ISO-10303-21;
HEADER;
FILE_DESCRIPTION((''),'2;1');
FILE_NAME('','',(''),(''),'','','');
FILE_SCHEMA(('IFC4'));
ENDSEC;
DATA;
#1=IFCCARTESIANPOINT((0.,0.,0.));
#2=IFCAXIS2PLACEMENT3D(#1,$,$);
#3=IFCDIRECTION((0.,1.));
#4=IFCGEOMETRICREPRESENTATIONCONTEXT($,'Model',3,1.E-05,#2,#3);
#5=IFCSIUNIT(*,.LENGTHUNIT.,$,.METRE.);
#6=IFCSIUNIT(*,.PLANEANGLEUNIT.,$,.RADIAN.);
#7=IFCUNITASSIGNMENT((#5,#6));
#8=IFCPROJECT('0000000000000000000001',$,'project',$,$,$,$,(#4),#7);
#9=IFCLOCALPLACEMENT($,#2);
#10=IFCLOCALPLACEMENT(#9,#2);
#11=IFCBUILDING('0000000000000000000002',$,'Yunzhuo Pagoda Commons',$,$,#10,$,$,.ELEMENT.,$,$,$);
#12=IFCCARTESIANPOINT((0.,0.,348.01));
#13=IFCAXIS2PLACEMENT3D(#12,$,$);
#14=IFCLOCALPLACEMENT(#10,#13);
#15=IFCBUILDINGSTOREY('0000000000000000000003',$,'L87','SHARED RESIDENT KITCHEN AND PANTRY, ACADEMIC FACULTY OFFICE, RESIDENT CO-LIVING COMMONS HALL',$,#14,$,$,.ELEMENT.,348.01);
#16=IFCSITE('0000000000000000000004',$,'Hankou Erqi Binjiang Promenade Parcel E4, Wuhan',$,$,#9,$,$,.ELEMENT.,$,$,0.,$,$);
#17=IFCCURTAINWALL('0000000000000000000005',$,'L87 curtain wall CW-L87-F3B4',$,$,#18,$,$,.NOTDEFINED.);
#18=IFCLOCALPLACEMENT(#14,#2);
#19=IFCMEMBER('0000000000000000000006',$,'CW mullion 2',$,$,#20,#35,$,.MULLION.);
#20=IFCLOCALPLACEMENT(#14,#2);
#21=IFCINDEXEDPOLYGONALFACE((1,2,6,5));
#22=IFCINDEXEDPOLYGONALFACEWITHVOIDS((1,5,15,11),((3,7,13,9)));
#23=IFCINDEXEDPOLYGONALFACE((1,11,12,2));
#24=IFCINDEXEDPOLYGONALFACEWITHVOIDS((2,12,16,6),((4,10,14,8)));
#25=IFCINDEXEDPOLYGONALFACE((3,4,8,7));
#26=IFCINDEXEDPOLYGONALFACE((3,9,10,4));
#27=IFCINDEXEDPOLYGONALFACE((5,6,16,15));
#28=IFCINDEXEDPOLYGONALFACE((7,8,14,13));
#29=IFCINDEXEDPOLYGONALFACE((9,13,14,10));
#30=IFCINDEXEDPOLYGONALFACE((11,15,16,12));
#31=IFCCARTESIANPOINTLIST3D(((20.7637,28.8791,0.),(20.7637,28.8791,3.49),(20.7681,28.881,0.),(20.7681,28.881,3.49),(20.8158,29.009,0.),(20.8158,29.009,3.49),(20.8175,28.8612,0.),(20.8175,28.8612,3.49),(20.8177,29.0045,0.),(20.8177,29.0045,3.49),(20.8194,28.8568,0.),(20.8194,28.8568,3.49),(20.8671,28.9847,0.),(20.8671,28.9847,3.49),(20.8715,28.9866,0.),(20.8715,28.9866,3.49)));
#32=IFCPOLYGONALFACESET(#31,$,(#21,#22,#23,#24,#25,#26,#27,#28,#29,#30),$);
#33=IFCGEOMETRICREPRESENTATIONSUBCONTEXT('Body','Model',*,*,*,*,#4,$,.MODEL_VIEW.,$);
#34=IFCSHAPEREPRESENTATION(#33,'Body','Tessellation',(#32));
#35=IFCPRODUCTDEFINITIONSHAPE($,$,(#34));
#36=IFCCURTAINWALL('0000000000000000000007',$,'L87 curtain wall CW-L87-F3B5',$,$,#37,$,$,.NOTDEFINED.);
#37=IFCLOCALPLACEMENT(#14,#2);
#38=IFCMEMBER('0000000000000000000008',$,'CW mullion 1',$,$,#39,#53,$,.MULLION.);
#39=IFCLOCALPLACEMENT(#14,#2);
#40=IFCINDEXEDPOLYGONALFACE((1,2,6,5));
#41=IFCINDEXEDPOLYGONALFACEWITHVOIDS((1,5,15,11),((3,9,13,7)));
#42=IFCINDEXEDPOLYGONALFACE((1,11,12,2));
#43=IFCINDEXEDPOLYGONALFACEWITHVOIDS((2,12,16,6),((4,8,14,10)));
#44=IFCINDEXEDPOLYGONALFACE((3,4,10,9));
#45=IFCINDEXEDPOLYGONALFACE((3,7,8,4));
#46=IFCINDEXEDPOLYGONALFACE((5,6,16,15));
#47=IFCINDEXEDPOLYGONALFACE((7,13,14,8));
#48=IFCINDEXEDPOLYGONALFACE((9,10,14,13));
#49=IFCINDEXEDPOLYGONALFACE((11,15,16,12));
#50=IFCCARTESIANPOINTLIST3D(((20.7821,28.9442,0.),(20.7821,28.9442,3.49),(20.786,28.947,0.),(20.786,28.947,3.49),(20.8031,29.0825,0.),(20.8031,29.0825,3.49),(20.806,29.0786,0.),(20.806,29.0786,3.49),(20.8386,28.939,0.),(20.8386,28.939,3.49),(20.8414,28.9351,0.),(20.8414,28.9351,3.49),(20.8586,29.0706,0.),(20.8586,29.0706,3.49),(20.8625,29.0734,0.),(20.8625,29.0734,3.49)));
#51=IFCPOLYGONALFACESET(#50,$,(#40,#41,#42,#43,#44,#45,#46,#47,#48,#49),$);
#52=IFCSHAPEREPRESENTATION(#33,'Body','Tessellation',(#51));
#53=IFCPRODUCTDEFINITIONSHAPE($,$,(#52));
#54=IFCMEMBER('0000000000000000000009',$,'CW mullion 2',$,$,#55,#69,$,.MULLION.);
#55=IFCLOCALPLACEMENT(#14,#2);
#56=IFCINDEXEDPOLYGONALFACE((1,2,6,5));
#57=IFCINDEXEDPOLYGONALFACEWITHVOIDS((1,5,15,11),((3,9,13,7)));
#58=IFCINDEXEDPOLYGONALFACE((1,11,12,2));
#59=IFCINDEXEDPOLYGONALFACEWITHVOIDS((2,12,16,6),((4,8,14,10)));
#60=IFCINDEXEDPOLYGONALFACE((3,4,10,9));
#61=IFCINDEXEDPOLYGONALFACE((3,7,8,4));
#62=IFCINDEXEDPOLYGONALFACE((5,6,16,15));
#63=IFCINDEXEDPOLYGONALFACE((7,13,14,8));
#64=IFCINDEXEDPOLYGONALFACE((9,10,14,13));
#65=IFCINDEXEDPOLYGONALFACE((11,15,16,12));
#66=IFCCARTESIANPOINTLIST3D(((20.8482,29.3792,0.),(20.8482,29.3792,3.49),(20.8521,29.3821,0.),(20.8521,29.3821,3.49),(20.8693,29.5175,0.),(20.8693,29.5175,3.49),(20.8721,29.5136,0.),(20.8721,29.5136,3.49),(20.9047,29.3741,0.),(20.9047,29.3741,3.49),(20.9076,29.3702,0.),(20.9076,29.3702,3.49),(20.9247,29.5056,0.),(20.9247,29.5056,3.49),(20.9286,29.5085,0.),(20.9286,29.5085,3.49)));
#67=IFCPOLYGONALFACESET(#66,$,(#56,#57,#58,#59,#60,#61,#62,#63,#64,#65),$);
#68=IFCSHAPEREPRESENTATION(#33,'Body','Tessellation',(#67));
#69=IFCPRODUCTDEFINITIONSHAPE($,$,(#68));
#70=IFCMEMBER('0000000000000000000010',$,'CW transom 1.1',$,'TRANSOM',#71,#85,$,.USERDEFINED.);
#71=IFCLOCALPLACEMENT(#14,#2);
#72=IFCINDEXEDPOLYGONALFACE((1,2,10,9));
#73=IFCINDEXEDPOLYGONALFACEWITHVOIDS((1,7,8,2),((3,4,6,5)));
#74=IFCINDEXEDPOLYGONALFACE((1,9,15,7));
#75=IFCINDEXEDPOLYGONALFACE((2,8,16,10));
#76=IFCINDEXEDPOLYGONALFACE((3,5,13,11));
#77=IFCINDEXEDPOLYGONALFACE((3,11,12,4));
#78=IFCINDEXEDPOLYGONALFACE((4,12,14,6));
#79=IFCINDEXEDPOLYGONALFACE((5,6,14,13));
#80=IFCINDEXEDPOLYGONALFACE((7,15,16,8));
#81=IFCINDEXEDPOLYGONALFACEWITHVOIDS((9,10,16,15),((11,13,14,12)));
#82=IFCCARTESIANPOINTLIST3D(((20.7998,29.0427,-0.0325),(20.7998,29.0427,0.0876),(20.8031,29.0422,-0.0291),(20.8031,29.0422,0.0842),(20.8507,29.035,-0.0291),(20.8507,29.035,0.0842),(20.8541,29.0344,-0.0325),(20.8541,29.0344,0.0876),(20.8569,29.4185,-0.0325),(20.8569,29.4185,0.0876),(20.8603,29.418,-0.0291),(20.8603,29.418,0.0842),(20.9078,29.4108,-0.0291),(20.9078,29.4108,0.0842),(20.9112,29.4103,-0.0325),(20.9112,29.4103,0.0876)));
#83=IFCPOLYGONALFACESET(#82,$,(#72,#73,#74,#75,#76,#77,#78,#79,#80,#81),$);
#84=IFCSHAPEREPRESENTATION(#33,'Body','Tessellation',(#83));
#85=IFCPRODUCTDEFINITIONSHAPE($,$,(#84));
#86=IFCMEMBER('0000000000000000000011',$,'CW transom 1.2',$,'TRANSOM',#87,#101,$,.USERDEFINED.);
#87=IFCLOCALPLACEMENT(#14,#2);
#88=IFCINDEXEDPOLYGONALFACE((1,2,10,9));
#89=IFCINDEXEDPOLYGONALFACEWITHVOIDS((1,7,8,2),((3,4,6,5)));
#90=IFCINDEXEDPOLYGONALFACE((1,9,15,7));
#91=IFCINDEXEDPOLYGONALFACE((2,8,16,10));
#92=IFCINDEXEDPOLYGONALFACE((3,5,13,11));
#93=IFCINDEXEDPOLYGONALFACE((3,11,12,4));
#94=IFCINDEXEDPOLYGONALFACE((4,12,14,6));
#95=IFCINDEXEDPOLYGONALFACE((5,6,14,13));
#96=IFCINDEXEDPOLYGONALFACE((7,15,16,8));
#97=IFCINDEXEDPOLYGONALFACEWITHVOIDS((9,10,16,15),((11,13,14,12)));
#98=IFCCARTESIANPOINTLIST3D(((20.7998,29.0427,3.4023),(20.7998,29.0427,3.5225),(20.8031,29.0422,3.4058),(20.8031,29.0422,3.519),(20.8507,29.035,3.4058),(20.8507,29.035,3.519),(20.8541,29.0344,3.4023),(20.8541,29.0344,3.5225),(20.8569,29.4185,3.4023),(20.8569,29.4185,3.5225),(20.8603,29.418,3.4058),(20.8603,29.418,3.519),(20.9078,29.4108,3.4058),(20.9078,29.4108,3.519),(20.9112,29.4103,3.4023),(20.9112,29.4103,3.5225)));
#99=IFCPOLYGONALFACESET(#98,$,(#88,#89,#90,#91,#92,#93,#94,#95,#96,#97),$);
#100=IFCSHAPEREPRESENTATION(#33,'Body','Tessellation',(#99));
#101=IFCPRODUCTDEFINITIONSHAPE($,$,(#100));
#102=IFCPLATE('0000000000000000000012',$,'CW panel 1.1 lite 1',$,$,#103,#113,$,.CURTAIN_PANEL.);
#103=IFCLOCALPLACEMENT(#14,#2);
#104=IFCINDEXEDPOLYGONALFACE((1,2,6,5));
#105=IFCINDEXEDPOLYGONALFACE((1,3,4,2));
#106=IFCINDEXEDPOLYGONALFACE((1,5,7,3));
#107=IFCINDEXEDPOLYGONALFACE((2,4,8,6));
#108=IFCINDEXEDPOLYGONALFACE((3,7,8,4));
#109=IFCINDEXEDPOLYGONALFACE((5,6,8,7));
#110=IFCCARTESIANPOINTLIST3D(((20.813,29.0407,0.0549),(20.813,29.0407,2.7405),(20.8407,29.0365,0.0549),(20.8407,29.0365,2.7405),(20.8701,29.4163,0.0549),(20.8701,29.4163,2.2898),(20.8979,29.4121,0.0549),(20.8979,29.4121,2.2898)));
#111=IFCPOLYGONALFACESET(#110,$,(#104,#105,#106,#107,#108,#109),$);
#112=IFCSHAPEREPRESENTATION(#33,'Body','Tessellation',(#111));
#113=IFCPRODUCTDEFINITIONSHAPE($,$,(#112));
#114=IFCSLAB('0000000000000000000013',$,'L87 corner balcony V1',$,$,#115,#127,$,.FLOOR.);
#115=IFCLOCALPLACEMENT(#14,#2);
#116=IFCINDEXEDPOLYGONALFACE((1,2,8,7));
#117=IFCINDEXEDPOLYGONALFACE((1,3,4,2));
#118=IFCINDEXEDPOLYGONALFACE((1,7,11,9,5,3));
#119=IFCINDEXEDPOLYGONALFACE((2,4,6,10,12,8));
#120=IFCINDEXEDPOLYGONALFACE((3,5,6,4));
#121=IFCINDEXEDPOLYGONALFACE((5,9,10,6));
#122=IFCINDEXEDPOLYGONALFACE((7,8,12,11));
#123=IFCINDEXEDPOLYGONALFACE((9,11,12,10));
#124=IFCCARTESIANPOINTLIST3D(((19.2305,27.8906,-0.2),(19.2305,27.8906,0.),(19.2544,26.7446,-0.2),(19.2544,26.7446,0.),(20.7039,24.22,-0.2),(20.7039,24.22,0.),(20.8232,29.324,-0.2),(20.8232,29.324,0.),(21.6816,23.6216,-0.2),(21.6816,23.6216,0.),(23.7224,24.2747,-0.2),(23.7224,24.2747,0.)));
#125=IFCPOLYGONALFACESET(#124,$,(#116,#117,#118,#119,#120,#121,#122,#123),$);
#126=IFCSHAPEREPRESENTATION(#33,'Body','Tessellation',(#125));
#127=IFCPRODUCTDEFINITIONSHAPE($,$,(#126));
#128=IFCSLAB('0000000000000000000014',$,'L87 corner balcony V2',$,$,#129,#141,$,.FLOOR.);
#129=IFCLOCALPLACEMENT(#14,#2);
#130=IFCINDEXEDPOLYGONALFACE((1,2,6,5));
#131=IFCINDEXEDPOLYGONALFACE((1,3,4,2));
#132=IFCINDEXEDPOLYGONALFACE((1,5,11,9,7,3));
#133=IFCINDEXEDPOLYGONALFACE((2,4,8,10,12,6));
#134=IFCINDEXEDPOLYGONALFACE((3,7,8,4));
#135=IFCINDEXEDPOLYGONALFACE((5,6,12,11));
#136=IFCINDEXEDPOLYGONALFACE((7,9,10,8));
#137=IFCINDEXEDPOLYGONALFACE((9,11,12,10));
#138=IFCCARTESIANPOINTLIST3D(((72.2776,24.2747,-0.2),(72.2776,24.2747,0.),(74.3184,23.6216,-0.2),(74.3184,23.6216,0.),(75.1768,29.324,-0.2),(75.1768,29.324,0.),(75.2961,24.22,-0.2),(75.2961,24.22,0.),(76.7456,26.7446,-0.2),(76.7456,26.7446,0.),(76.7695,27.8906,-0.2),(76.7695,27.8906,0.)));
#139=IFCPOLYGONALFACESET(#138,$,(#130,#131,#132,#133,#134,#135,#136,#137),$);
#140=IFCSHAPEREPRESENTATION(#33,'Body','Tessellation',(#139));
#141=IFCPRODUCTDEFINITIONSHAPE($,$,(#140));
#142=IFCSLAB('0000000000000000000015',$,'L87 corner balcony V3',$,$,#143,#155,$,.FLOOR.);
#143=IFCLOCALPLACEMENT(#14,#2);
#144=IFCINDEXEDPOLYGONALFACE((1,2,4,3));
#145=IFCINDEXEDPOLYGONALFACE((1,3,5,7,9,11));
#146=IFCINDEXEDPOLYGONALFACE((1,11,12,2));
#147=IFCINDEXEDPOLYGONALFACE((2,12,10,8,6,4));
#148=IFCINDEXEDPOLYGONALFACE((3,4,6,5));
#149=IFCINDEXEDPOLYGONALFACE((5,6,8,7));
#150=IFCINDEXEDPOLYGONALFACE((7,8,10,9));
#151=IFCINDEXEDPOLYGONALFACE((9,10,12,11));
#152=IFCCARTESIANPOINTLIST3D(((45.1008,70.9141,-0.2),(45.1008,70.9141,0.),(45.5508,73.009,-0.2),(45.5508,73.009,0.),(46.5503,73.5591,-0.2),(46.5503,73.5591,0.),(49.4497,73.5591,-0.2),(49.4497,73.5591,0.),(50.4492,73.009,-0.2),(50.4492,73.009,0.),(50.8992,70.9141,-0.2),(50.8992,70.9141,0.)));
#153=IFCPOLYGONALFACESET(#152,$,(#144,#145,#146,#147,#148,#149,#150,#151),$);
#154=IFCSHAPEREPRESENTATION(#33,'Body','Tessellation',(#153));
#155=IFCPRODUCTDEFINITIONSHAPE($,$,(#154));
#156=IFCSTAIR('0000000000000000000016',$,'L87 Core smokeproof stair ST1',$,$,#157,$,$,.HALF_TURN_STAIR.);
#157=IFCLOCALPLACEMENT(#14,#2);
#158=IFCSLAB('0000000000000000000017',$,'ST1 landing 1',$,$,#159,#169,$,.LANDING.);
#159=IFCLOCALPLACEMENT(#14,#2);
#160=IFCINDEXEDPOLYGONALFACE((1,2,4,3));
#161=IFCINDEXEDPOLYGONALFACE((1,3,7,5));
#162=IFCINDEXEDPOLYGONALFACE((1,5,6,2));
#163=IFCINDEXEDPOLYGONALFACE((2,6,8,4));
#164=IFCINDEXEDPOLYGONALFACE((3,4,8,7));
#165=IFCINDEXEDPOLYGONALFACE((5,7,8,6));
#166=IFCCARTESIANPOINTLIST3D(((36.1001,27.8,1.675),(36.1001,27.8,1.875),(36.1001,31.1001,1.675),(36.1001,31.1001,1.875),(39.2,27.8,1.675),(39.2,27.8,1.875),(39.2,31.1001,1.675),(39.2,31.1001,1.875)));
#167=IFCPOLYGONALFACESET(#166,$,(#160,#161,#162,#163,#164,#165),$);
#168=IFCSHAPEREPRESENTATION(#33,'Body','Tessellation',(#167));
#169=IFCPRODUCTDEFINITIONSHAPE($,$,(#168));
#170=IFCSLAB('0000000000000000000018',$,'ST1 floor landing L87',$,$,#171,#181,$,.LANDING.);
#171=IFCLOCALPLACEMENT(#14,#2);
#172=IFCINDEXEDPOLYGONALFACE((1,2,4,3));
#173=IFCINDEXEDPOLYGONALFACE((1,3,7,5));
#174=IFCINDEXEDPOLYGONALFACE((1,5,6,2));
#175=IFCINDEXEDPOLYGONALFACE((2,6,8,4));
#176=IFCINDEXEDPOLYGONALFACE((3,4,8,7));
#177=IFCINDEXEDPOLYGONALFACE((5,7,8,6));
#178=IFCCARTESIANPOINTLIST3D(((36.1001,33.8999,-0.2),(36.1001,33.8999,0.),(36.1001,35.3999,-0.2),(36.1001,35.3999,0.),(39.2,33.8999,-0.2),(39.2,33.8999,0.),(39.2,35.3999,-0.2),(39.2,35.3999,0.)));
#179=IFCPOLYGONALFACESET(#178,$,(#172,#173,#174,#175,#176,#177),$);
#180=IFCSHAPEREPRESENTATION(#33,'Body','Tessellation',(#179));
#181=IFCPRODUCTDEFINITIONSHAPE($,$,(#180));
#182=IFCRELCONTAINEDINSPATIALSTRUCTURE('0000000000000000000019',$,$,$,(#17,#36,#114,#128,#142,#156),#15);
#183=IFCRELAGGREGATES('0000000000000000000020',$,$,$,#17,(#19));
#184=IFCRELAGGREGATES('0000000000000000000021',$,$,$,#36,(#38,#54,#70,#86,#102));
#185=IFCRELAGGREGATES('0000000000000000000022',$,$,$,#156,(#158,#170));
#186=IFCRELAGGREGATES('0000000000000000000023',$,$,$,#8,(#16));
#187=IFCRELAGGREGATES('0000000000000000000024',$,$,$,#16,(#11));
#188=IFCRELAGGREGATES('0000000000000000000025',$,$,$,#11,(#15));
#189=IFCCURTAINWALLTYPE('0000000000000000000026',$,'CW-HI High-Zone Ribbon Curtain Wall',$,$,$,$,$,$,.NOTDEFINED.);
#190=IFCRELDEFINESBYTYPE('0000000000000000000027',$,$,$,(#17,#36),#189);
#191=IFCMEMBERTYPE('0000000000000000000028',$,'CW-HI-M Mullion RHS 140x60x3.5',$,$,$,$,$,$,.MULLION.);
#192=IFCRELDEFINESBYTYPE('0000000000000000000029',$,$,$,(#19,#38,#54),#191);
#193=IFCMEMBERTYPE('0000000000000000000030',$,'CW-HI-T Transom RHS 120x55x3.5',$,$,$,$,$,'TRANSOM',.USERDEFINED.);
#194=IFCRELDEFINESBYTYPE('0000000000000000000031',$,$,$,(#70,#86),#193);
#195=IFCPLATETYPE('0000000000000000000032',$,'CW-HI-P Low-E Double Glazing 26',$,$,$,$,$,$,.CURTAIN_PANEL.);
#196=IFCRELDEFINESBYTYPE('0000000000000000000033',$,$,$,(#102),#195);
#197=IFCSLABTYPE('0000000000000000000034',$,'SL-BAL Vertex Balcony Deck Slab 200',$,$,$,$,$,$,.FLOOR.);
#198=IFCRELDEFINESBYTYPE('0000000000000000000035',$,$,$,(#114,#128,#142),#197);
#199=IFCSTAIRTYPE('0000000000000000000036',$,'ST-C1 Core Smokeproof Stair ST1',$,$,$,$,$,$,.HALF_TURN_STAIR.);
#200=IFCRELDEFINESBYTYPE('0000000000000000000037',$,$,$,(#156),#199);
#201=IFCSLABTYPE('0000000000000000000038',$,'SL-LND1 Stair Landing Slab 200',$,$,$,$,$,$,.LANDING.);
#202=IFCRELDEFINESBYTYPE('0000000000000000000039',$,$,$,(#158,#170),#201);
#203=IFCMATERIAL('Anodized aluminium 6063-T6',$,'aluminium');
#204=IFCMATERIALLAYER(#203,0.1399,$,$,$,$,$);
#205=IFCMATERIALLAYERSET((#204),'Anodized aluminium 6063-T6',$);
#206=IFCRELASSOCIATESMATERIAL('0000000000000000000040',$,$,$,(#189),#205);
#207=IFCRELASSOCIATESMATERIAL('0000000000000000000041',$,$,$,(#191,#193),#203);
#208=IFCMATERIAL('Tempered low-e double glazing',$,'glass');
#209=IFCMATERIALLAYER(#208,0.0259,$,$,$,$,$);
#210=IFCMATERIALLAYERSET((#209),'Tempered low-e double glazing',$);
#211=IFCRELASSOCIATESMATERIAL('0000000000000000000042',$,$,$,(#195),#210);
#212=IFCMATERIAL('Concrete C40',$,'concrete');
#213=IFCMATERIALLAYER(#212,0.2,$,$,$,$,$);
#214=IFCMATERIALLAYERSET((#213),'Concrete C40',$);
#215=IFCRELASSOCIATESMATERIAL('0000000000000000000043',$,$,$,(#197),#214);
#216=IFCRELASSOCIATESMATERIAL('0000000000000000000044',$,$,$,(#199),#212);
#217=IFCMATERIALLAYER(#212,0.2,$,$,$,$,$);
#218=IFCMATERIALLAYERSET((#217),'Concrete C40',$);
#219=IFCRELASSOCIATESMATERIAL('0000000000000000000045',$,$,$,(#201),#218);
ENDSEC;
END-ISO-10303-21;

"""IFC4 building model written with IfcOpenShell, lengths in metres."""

from ifc_helpers import new_model, si_unit, direction, frame, origin, origin_2d, place, context, subcontext, project, spatial, polyline, hollow_rectangle, outline, extrude, source, transform, mapped, material, layer, layer_set, material_profile, profile_set, type_object, element, aggregate, save


model = new_model("IFC4")

# Units and contexts
model_context = context("Model", 3, precision=1e-05, world=origin(), true_north=direction((0.0, 1.0)))
body_context = subcontext(model_context, "Body", "Model", "MODEL_VIEW")
ifc_project = project(units=[si_unit("LENGTHUNIT", "METRE"), si_unit("PLANEANGLEUNIT", "RADIAN")], contexts=[model_context])

# Site, building, storey
site_placement = place(None, origin())
site = spatial("IfcSite", under=ifc_project, at=site_placement, Name="Hankou Erqi Binjiang Promenade Parcel E4, Wuhan", CompositionType="ELEMENT", RefElevation=0.0)
building_placement = place(site_placement, origin())
building = spatial("IfcBuilding", under=site, at=building_placement, Name="Yunzhuo Pagoda Commons", CompositionType="ELEMENT")
storey_placement = place(building_placement, frame((0.0, 0.0, 348.01)))
storey = spatial("IfcBuildingStorey", under=building, at=storey_placement, Name="L87", Description="SHARED RESIDENT KITCHEN AND PANTRY, ACADEMIC FACULTY OFFICE, RESIDENT CO-LIVING COMMONS HALL", CompositionType="ELEMENT", Elevation=348.01)

# Curtain wall, member
ifc_material_1 = material(Name="Anodized aluminium 6063-T6", Category="aluminium")
ifc_layer_1 = layer(ifc_material_1, 0.1399)
ifc_layer_set_1 = layer_set([ifc_layer_1], Name="Anodized aluminium 6063-T6")
curtain_wall_type = type_object("IfcCurtainWallType", Name="CW-HI High-Zone Ribbon Curtain Wall", PredefinedType="NOTDEFINED", material=ifc_layer_set_1)
curtain_wall_1_placement = place(storey_placement, origin())
curtain_wall_1 = element("IfcCurtainWall", 1, at=curtain_wall_1_placement, inside=storey, type_object=curtain_wall_type, Name="L87 curtain wall CW-L87-F3B4", PredefinedType="NOTDEFINED")
ifc_material_profile_1 = material_profile(ifc_material_1, hollow_rectangle(XDim=0.0601, YDim=0.1399, WallThickness=0.0034, at=origin_2d()), Name="Anodized aluminium 6063-T6")
ifc_profile_set_1 = profile_set([ifc_material_profile_1], Name="Anodized aluminium 6063-T6")
member_type_1 = type_object("IfcMemberType", Name="CW-HI-M Mullion RHS 140x60x3.5", PredefinedType="MULLION", material=ifc_profile_set_1)
shared_shape_1 = source(origin(), body_context, "Body", "SweptSolid", [
    extrude(hollow_rectangle(XDim=0.0601, YDim=0.1399, WallThickness=0.0034, at=origin_2d()), origin(), (0.0, 0.0, 1.0), 3.49),
])
member_1_placement = place(storey_placement, frame((20.8176, 28.9329, 0.0), z_axis=(0.0, 0.0, 1.0), x_axis=(0.928039, -0.372483, 0.0)))
member_1 = element("IfcMember", 2, at=member_1_placement, type_object=member_type_1, Name="CW mullion 2", PredefinedType="MULLION", context=body_context, shape_type="MappedRepresentation", body=[
    mapped(shared_shape_1, transform((0.0, 0.0, 0.0), scale=1.0)),
])
aggregate(curtain_wall_1, [member_1])

# Curtain wall, members, plate
curtain_wall_2_placement = place(storey_placement, origin())
curtain_wall_2 = element("IfcCurtainWall", 3, at=curtain_wall_2_placement, inside=storey, type_object=curtain_wall_type, Name="L87 curtain wall CW-L87-F3B5", PredefinedType="NOTDEFINED")
member_2_placement = place(storey_placement, frame((20.8223, 29.0088, 0.0), z_axis=(0.0, 0.0, 1.0), x_axis=(-0.988629, 0.150374, 0.0)))
member_2 = element("IfcMember", 4, at=member_2_placement, type_object=member_type_1, Name="CW mullion 1", PredefinedType="MULLION", context=body_context, shape_type="MappedRepresentation", body=[
    mapped(shared_shape_1, transform((0.0, 0.0, 0.0), scale=1.0)),
])
member_3_placement = place(storey_placement, frame((20.8884, 29.4438, 0.0), z_axis=(0.0, 0.0, 1.0), x_axis=(-0.988629, 0.150374, 0.0)))
member_3 = element("IfcMember", 5, at=member_3_placement, type_object=member_type_1, Name="CW mullion 2", PredefinedType="MULLION", context=body_context, shape_type="MappedRepresentation", body=[
    mapped(shared_shape_1, transform((0.0, 0.0, 0.0), scale=1.0)),
])
ifc_material_profile_2 = material_profile(ifc_material_1, hollow_rectangle(XDim=0.0549, YDim=0.1201, WallThickness=0.0034, at=origin_2d()), Name="Anodized aluminium 6063-T6")
ifc_profile_set_2 = profile_set([ifc_material_profile_2], Name="Anodized aluminium 6063-T6")
member_type_2 = type_object("IfcMemberType", Name="CW-HI-T Transom RHS 120x55x3.5", ElementType="TRANSOM", PredefinedType="USERDEFINED", material=ifc_profile_set_2)
shared_shape_2 = source(origin(), body_context, "Body", "SweptSolid", [
    extrude(hollow_rectangle(XDim=0.0549, YDim=0.1201, WallThickness=0.0034, at=origin_2d()), origin(), (0.0, 0.0, 1.0), 0.3801),
])
member_4_placement = place(storey_placement, frame((20.8269, 29.0386, 0.0276), z_axis=(0.150319, 0.988638, 0.0), x_axis=(-0.988638, 0.150319, 0.0)))
member_4 = element("IfcMember", 6, at=member_4_placement, type_object=member_type_2, Name="CW transom 1.1", ObjectType="TRANSOM", PredefinedType="USERDEFINED", context=body_context, shape_type="MappedRepresentation", body=[
    mapped(shared_shape_2, transform((0.0, 0.0, 0.0), scale=1.0)),
])
member_5_placement = place(storey_placement, frame((20.8269, 29.0386, 3.4624), z_axis=(0.150319, 0.988638, 0.0), x_axis=(-0.988638, 0.150319, 0.0)))
member_5 = element("IfcMember", 7, at=member_5_placement, type_object=member_type_2, Name="CW transom 1.2", ObjectType="TRANSOM", PredefinedType="USERDEFINED", context=body_context, shape_type="MappedRepresentation", body=[
    mapped(shared_shape_2, transform((0.0, 0.0, 0.0), scale=1.0)),
])
ifc_material_2 = material(Name="Tempered low-e double glazing", Category="glass")
ifc_layer_2 = layer(ifc_material_2, 0.0259)
ifc_layer_set_2 = layer_set([ifc_layer_2], Name="Tempered low-e double glazing")
plate_type_1 = type_object("IfcPlateType", Name="CW-HI-P Low-E Double Glazing 26", PredefinedType="CURTAIN_PANEL", material=ifc_layer_set_2)
plate_1_placement = place(storey_placement, frame((20.8416, 29.2285, 1.3977), z_axis=(0.988629, -0.150374, 0.0), x_axis=(0.150374, 0.988629, 0.0)))
plate_1 = element("IfcPlate", 8, at=plate_1_placement, type_object=plate_type_1, Name="CW panel 1.1 lite 1", PredefinedType="CURTAIN_PANEL", context=body_context, shape_type="SweptSolid", body=[
    extrude(outline(polyline([(-0.1899, -1.3428), (0.1899, -1.3428), (0.1899, 0.8921), (-0.1899, 1.3428), (-0.1899, -1.3428)])), origin(), (0.0, 0.0, 1.0), 0.0281),
])
aggregate(curtain_wall_2, [member_2, member_3, member_4, member_5, plate_1])

# Slabs
ifc_material_3 = material(Name="Concrete C40", Category="concrete")
ifc_layer_3 = layer(ifc_material_3, 0.2)
ifc_layer_set_3 = layer_set([ifc_layer_3], Name="Concrete C40")
slab_type_1 = type_object("IfcSlabType", Name="SL-BAL Vertex Balcony Deck Slab 200", PredefinedType="FLOOR", material=ifc_layer_set_3)
slab_1_placement = place(storey_placement, frame((0.0, 0.0, -0.2)))
element("IfcSlab", 9, at=slab_1_placement, inside=storey, type_object=slab_type_1, Name="L87 corner balcony V1", PredefinedType="FLOOR", context=body_context, shape_type="SweptSolid", body=[
    extrude(outline(polyline([(20.8232, 29.324), (23.7224, 24.2747), (21.6816, 23.6216), (20.7039, 24.22), (19.2544, 26.7446), (19.2305, 27.8906), (20.8232, 29.324)])), origin(), (0.0, 0.0, 1.0), 0.2),
])
slab_2_placement = place(storey_placement, frame((0.0, 0.0, -0.2)))
element("IfcSlab", 10, at=slab_2_placement, inside=storey, type_object=slab_type_1, Name="L87 corner balcony V2", PredefinedType="FLOOR", context=body_context, shape_type="SweptSolid", body=[
    extrude(outline(polyline([(72.2776, 24.2747), (75.1768, 29.324), (76.7695, 27.8906), (76.7456, 26.7446), (75.2961, 24.22), (74.3184, 23.6216), (72.2776, 24.2747)])), origin(), (0.0, 0.0, 1.0), 0.2),
])
slab_3_placement = place(storey_placement, frame((0.0, 0.0, -0.2)))
element("IfcSlab", 11, at=slab_3_placement, inside=storey, type_object=slab_type_1, Name="L87 corner balcony V3", PredefinedType="FLOOR", context=body_context, shape_type="SweptSolid", body=[
    extrude(outline(polyline([(50.8992, 70.9141), (45.1008, 70.9141), (45.5508, 73.009), (46.5503, 73.5591), (49.4497, 73.5591), (50.4492, 73.009), (50.8992, 70.9141)])), origin(), (0.0, 0.0, 1.0), 0.2),
])

# Stair, slabs
stair_type_1 = type_object("IfcStairType", Name="ST-C1 Core Smokeproof Stair ST1", PredefinedType="HALF_TURN_STAIR", material=ifc_material_3)
stair_1_placement = place(storey_placement, origin())
stair_1 = element("IfcStair", 12, at=stair_1_placement, inside=storey, type_object=stair_type_1, Name="L87 Core smokeproof stair ST1", PredefinedType="HALF_TURN_STAIR")
ifc_layer_4 = layer(ifc_material_3, 0.2)
ifc_layer_set_4 = layer_set([ifc_layer_4], Name="Concrete C40")
slab_type_2 = type_object("IfcSlabType", Name="SL-LND1 Stair Landing Slab 200", PredefinedType="LANDING", material=ifc_layer_set_4)
slab_4_placement = place(storey_placement, frame((0.0, 0.0, 1.675)))
slab_4 = element("IfcSlab", 13, at=slab_4_placement, type_object=slab_type_2, Name="ST1 landing 1", PredefinedType="LANDING", context=body_context, shape_type="SweptSolid", body=[
    extrude(outline(polyline([(36.1001, 31.1001), (36.1001, 27.8), (39.2, 27.8), (39.2, 31.1001), (36.1001, 31.1001)])), origin(), (0.0, 0.0, 1.0), 0.2),
])
slab_5_placement = place(storey_placement, frame((0.0, 0.0, -0.2)))
slab_5 = element("IfcSlab", 14, at=slab_5_placement, type_object=slab_type_2, Name="ST1 floor landing L87", PredefinedType="LANDING", context=body_context, shape_type="SweptSolid", body=[
    extrude(outline(polyline([(36.1001, 35.3999), (36.1001, 33.8999), (39.2, 33.8999), (39.2, 35.3999), (36.1001, 35.3999)])), origin(), (0.0, 0.0, 1.0), 0.2),
])
aggregate(stair_1, [slab_4, slab_5])

save(model, "model.ifc")
